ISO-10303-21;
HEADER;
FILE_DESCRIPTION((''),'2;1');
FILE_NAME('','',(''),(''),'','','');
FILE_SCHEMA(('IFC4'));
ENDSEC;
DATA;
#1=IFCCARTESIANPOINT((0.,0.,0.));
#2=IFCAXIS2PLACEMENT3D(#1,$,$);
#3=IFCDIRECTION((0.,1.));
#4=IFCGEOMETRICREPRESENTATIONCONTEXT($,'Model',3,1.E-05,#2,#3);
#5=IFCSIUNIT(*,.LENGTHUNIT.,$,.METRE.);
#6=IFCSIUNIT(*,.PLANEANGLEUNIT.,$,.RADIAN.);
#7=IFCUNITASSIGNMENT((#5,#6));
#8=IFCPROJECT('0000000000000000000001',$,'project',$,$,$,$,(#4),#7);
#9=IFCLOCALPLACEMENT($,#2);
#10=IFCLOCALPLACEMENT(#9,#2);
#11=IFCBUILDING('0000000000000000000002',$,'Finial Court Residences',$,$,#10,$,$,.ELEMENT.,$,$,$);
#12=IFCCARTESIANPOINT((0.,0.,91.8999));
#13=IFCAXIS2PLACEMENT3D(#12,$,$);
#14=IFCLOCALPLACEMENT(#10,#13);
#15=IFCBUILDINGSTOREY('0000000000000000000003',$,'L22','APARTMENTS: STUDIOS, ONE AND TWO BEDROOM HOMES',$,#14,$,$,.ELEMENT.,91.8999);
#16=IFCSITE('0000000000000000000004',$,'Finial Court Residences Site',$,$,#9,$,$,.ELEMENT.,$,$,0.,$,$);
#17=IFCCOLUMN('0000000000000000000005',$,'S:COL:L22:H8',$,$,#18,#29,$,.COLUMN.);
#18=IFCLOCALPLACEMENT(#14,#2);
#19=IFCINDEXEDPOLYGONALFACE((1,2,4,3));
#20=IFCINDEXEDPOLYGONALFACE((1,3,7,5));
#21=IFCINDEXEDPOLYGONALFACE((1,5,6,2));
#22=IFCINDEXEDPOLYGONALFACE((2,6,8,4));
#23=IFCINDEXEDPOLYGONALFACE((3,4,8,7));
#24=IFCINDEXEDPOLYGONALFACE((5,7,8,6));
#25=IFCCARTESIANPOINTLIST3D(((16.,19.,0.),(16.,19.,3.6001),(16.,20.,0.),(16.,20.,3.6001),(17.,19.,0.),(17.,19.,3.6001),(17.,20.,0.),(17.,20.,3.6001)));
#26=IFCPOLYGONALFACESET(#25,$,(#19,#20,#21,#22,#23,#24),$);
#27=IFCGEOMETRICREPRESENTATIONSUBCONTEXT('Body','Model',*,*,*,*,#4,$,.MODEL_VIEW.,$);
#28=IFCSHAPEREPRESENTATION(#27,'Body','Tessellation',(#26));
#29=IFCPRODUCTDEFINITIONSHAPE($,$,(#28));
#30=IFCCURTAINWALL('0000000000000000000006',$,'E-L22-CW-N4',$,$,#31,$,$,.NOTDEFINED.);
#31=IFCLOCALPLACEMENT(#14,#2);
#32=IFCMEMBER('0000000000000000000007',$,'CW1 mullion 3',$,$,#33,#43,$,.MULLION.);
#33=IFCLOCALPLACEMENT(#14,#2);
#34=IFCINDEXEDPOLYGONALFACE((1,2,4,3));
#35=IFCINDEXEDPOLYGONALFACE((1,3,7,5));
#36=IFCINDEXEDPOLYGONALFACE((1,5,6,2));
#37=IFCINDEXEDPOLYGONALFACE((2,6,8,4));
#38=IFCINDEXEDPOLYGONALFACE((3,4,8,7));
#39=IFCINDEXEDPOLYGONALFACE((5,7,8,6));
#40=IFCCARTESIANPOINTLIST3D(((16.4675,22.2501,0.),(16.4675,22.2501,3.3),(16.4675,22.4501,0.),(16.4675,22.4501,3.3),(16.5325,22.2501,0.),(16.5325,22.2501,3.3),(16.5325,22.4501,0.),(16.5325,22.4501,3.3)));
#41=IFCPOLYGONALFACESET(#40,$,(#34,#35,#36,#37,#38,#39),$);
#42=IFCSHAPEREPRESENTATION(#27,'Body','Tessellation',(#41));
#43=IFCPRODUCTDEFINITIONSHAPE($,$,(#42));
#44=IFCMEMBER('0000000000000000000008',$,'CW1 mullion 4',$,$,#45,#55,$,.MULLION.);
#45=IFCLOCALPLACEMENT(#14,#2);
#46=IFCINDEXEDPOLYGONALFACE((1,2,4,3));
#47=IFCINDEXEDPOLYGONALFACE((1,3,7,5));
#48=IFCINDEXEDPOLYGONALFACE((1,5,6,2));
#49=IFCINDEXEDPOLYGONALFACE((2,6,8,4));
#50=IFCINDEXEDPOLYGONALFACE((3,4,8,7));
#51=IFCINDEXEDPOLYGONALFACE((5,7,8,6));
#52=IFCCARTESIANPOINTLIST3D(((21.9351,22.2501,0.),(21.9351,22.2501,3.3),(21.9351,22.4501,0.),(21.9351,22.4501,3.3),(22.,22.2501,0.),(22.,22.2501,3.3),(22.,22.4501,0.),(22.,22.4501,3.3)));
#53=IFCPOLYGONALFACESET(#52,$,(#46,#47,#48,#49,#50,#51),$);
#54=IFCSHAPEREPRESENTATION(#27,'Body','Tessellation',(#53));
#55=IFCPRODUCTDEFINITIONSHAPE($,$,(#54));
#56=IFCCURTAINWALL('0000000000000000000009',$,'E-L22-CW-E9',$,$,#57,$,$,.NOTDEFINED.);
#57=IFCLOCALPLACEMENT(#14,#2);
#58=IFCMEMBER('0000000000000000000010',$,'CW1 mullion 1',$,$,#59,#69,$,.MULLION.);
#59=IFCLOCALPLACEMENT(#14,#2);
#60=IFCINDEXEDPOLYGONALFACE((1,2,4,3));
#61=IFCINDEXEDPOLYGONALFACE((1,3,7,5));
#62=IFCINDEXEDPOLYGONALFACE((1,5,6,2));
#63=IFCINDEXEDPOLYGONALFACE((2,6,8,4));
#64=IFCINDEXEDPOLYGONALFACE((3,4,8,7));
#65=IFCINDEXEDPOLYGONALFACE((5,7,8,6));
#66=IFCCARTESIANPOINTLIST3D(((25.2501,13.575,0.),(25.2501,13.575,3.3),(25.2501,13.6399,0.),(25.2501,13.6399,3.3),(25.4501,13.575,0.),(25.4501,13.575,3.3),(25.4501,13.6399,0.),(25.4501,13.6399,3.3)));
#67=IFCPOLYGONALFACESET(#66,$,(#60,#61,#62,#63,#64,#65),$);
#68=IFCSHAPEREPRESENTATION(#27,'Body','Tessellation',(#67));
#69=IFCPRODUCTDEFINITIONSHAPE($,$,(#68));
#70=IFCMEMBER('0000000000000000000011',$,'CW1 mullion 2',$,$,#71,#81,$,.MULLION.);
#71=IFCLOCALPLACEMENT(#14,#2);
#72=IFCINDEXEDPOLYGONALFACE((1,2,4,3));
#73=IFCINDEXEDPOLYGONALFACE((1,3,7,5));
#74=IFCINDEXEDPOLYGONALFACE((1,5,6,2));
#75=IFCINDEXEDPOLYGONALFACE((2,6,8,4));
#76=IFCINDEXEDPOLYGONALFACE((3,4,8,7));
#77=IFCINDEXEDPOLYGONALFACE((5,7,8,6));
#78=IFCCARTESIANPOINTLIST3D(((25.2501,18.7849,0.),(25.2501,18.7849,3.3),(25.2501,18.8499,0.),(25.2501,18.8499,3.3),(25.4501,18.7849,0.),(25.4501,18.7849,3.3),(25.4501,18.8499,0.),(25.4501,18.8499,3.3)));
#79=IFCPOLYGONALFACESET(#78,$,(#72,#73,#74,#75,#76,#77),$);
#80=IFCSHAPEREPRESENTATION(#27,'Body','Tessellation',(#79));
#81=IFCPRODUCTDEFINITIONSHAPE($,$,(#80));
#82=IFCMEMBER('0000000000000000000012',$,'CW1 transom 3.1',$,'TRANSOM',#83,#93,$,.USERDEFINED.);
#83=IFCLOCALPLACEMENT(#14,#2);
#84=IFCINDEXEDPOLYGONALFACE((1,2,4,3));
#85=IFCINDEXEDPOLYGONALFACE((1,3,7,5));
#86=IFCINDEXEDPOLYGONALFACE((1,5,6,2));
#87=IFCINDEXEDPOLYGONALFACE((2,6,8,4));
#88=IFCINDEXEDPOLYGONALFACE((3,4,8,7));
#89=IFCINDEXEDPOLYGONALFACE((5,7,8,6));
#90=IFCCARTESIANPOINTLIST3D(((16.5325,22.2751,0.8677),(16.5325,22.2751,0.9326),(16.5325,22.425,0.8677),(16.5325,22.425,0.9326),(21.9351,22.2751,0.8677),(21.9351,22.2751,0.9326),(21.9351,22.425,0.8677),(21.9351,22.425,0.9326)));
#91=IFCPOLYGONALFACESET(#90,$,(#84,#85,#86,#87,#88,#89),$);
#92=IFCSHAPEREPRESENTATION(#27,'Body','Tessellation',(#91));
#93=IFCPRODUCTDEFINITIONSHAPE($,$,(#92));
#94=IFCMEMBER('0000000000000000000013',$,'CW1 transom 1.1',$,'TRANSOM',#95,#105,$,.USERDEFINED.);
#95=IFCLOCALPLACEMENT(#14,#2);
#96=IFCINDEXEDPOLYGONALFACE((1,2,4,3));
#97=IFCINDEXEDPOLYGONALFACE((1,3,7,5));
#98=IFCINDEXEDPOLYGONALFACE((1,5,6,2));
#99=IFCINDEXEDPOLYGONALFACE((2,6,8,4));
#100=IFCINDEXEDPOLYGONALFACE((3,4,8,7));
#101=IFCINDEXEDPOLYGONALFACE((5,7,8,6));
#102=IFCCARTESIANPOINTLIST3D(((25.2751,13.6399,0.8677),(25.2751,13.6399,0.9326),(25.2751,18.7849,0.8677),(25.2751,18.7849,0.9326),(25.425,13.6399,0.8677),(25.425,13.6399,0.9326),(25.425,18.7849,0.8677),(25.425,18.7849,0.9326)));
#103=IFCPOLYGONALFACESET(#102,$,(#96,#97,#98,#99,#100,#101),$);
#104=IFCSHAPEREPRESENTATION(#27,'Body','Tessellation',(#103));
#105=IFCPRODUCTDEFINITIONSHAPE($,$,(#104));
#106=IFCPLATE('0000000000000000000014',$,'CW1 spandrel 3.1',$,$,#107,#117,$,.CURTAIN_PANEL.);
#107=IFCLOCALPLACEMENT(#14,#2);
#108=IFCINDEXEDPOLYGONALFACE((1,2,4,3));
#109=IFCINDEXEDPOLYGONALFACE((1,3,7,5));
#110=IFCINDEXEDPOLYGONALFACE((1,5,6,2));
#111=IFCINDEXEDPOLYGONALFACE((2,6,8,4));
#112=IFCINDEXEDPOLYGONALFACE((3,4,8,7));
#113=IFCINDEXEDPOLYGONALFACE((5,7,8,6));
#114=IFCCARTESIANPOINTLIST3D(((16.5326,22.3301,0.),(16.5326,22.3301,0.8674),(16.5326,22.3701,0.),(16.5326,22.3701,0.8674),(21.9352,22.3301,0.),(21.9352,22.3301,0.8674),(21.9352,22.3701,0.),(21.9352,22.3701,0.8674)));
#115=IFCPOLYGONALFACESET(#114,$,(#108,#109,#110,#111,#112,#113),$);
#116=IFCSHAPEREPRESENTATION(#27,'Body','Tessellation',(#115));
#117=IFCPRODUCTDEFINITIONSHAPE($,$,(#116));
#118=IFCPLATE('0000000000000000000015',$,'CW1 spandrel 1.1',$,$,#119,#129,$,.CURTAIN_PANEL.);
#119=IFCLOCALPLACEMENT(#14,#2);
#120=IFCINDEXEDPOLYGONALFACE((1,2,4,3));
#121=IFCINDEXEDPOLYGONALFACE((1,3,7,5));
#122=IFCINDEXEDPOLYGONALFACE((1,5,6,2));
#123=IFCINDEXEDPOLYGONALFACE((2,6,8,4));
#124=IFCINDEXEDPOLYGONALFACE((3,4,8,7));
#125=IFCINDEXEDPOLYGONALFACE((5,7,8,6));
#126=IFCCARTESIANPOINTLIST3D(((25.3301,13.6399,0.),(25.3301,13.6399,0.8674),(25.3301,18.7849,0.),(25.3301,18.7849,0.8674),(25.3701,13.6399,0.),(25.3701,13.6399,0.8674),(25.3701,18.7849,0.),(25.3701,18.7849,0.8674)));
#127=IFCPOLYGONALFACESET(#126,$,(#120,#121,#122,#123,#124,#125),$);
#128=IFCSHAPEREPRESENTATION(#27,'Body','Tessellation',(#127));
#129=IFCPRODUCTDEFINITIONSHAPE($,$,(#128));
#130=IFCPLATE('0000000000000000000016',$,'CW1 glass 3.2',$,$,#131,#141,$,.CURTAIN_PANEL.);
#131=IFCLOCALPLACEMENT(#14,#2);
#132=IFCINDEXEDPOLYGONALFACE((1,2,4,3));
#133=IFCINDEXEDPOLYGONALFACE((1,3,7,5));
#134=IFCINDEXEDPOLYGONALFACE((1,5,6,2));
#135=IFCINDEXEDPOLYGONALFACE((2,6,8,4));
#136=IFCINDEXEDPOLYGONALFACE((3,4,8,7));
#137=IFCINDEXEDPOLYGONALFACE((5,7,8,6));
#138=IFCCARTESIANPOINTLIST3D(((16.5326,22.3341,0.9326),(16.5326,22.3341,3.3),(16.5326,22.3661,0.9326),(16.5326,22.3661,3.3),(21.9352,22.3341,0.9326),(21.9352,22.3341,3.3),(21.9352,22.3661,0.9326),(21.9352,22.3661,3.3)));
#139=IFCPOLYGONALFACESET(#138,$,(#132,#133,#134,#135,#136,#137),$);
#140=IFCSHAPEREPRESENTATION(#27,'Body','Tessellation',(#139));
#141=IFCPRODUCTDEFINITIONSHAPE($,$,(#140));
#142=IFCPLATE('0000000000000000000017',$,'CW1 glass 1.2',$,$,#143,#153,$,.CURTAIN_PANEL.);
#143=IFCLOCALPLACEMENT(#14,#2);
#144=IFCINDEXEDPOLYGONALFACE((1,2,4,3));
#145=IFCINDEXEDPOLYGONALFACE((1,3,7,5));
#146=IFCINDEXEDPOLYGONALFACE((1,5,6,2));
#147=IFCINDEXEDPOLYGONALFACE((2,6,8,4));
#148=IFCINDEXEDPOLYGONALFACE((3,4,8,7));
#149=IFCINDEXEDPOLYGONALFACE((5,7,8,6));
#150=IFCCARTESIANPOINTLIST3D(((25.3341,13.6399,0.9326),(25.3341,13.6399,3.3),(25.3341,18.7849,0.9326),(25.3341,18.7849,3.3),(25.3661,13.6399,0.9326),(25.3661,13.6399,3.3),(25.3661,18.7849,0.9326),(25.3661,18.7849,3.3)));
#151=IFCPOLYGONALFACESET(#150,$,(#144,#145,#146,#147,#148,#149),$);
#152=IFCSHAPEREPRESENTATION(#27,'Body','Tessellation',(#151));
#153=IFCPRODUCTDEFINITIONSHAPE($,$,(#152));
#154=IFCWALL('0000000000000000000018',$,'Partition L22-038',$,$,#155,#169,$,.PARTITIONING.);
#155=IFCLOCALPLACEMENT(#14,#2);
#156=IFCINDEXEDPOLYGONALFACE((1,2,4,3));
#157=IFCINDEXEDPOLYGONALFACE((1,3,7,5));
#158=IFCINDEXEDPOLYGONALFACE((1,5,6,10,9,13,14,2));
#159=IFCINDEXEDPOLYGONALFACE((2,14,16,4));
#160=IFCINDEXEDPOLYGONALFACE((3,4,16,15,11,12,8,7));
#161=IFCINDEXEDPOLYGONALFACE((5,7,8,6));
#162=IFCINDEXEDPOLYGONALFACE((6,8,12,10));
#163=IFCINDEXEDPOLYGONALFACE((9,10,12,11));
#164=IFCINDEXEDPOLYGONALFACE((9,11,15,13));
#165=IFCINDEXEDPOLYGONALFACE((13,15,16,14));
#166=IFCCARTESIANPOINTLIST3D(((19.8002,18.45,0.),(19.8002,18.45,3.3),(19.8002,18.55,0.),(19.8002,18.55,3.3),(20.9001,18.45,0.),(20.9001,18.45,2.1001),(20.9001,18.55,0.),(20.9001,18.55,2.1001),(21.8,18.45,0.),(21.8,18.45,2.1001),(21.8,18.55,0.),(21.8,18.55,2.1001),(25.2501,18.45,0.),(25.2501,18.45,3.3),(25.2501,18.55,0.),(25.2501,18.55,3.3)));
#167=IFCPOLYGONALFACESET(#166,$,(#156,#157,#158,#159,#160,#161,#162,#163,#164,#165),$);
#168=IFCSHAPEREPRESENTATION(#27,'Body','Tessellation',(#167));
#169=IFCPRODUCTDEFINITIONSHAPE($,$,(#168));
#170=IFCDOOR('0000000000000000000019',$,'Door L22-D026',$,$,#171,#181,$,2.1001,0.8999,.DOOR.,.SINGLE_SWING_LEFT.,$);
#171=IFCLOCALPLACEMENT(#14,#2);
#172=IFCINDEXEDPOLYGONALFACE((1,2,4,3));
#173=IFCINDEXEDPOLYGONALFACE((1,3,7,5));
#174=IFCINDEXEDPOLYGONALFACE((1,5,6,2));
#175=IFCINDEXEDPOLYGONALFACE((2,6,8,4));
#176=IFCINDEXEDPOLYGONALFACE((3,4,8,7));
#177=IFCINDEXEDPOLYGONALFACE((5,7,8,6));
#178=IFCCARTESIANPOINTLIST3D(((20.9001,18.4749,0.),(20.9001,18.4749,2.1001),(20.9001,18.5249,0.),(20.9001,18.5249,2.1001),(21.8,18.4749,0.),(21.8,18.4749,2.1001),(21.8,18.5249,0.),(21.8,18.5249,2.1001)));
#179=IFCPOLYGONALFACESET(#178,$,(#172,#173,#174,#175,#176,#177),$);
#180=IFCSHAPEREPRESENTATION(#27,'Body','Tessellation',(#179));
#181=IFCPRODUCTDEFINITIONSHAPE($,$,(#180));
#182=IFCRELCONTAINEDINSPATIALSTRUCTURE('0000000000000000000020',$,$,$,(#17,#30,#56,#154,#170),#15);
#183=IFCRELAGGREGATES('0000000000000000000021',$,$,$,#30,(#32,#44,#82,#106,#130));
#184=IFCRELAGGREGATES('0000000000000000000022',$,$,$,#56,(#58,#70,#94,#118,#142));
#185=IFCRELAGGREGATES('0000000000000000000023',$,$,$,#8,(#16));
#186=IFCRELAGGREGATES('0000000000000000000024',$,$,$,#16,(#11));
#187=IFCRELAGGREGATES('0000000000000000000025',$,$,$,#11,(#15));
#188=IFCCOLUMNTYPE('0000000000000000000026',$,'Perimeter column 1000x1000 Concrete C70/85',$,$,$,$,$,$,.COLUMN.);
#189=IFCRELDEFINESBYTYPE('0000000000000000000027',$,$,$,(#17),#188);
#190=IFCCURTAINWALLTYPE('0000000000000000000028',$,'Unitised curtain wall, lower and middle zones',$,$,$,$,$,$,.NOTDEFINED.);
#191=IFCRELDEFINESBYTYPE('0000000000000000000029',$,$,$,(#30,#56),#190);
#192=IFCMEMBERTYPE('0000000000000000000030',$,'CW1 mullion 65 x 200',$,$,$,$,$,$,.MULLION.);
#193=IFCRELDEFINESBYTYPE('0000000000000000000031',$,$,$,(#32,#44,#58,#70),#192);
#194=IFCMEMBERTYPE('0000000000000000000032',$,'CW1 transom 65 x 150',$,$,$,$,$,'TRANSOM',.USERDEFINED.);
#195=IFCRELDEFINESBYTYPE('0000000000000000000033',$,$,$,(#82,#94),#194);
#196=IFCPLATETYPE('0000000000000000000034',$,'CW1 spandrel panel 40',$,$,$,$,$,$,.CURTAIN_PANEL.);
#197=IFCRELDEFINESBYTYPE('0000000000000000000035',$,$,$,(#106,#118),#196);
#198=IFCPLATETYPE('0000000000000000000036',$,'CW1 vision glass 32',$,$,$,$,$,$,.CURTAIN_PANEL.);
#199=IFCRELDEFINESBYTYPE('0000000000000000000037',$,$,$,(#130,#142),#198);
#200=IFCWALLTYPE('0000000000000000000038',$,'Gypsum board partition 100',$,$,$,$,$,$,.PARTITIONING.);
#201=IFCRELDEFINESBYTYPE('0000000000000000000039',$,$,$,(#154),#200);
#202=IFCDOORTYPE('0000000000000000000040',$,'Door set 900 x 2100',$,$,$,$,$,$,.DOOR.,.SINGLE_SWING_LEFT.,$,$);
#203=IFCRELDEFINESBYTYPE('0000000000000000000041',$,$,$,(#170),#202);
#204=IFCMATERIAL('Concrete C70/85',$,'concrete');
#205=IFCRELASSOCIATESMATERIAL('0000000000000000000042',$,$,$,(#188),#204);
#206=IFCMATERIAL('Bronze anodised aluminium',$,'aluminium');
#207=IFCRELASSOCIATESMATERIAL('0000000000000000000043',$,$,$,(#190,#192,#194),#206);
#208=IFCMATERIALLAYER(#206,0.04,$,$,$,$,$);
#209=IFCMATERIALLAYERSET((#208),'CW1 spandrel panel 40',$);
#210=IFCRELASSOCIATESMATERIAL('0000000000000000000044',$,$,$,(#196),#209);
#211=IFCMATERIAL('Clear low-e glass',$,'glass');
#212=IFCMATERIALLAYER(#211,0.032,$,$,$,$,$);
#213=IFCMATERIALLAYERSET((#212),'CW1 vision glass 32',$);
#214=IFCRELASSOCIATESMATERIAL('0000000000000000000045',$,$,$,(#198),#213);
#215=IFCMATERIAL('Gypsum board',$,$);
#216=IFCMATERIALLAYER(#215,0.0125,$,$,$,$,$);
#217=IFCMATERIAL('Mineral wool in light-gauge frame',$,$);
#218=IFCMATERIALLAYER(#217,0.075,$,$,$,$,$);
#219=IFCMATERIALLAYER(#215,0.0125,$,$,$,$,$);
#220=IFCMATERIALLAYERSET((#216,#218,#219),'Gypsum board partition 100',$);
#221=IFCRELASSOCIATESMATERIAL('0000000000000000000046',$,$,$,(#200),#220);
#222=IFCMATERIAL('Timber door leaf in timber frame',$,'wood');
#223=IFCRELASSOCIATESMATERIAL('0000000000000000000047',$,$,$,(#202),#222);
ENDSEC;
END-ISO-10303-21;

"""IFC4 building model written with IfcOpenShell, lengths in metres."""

from ifc_helpers import new_model, si_unit, direction, frame, frame_2d, origin, origin_2d, place, context, subcontext, project, spatial, rectangle, extrude, material, layer, layer_set, material_profile, profile_set, type_object, element, fill, aggregate, save


model = new_model("IFC4")

# Units and contexts
model_context = context("Model", 3, precision=1e-05, world=origin(), true_north=direction((0.0, 1.0)))
body_context = subcontext(model_context, "Body", "Model", "MODEL_VIEW")
ifc_project = project(units=[si_unit("LENGTHUNIT", "METRE"), si_unit("PLANEANGLEUNIT", "RADIAN")], contexts=[model_context])

# Site, building, storey
site_placement = place(None, origin())
site = spatial("IfcSite", under=ifc_project, at=site_placement, Name="Finial Court Residences Site", CompositionType="ELEMENT", RefElevation=0.0)
building_placement = place(site_placement, origin())
building = spatial("IfcBuilding", under=site, at=building_placement, Name="Finial Court Residences", CompositionType="ELEMENT")
storey_placement = place(building_placement, frame((0.0, 0.0, 91.8999)))
storey = spatial("IfcBuildingStorey", under=building, at=storey_placement, Name="L22", Description="APARTMENTS: STUDIOS, ONE AND TWO BEDROOM HOMES", CompositionType="ELEMENT", Elevation=91.8999)

# Column
ifc_material_1 = material(Name="Concrete C70/85", Category="concrete")
ifc_material_profile_1 = material_profile(ifc_material_1, rectangle(XDim=1.0, YDim=1.0, at=origin_2d()), Name="1000x1000")
ifc_profile_set_1 = profile_set([ifc_material_profile_1], Name="Concrete C70/85")
column_type = type_object("IfcColumnType", Name="Perimeter column 1000x1000 Concrete C70/85", PredefinedType="COLUMN", material=ifc_profile_set_1)
column_placement = place(storey_placement, frame((16.5, 19.5, 0.0), z_axis=(0.0, 0.0, 1.0), x_axis=(1.0, 0.0, 0.0)))
element("IfcColumn", 1, at=column_placement, inside=storey, type_object=column_type, Name="S:COL:L22:H8", PredefinedType="COLUMN", context=body_context, shape_type="SweptSolid", body=[
    extrude(rectangle(XDim=1.0, YDim=1.0, at=origin_2d()), origin(), (0.0, 0.0, 1.0), 3.6001),
])

# Curtain walls, members
ifc_material_2 = material(Name="Bronze anodised aluminium", Category="aluminium")
curtain_wall_type = type_object("IfcCurtainWallType", Name="Unitised curtain wall, lower and middle zones", PredefinedType="NOTDEFINED", material=ifc_material_2)
curtain_wall_1_placement = place(storey_placement, origin())
curtain_wall_1 = element("IfcCurtainWall", 2, at=curtain_wall_1_placement, inside=storey, type_object=curtain_wall_type, Name="E-L22-CW-N4", PredefinedType="NOTDEFINED")
ifc_material_profile_2 = material_profile(ifc_material_2, rectangle(XDim=0.2, YDim=0.0649, at=origin_2d()), Name="CW1 mullion 65 x 200")
ifc_profile_set_2 = profile_set([ifc_material_profile_2], Name="Bronze anodised aluminium")
member_type_1 = type_object("IfcMemberType", Name="CW1 mullion 65 x 200", PredefinedType="MULLION", material=ifc_profile_set_2)
member_1_placement = place(storey_placement, frame((16.5, 22.3501, 0.0), z_axis=(0.0, 0.0, 1.0), x_axis=(0.0, 1.0, 0.0)))
member_1 = element("IfcMember", 3, at=member_1_placement, type_object=member_type_1, Name="CW1 mullion 3", PredefinedType="MULLION", context=body_context, shape_type="SweptSolid", body=[
    extrude(rectangle(XDim=0.2, YDim=0.0649, at=origin_2d()), origin(), (0.0, 0.0, 1.0), 3.3),
])
member_2_placement = place(storey_placement, frame((21.9675, 22.3501, 0.0), z_axis=(0.0, 0.0, 1.0), x_axis=(0.0, 1.0, 0.0)))
member_2 = element("IfcMember", 4, at=member_2_placement, type_object=member_type_1, Name="CW1 mullion 4", PredefinedType="MULLION", context=body_context, shape_type="SweptSolid", body=[
    extrude(rectangle(XDim=0.2, YDim=0.0649, at=origin_2d()), origin(), (0.0, 0.0, 1.0), 3.3),
])
curtain_wall_2_placement = place(storey_placement, origin())
curtain_wall_2 = element("IfcCurtainWall", 5, at=curtain_wall_2_placement, inside=storey, type_object=curtain_wall_type, Name="E-L22-CW-E9", PredefinedType="NOTDEFINED")
member_3_placement = place(storey_placement, frame((25.3501, 13.6074, 0.0), z_axis=(0.0, 0.0, 1.0), x_axis=(-1.0, 0.0, 0.0)))
member_3 = element("IfcMember", 6, at=member_3_placement, type_object=member_type_1, Name="CW1 mullion 1", PredefinedType="MULLION", context=body_context, shape_type="SweptSolid", body=[
    extrude(rectangle(XDim=0.2, YDim=0.0649, at=origin_2d()), origin(), (0.0, 0.0, 1.0), 3.3),
])
member_4_placement = place(storey_placement, frame((25.3501, 18.8174, 0.0), z_axis=(0.0, 0.0, 1.0), x_axis=(-1.0, 0.0, 0.0)))
member_4 = element("IfcMember", 7, at=member_4_placement, type_object=member_type_1, Name="CW1 mullion 2", PredefinedType="MULLION", context=body_context, shape_type="SweptSolid", body=[
    extrude(rectangle(XDim=0.2, YDim=0.0649, at=origin_2d()), origin(), (0.0, 0.0, 1.0), 3.3),
])

# Members
ifc_material_profile_3 = material_profile(ifc_material_2, rectangle(XDim=0.1499, YDim=0.0649, at=origin_2d()), Name="CW1 transom 65 x 150")
ifc_profile_set_3 = profile_set([ifc_material_profile_3], Name="Bronze anodised aluminium")
member_type_2 = type_object("IfcMemberType", Name="CW1 transom 65 x 150", ElementType="TRANSOM", PredefinedType="USERDEFINED", material=ifc_profile_set_3)
member_5_placement = place(storey_placement, frame((16.5325, 22.3501, 0.9001), z_axis=(1.0, 0.0, 0.0), x_axis=(0.0, 1.0, 0.0)))
member_5 = element("IfcMember", 8, at=member_5_placement, type_object=member_type_2, Name="CW1 transom 3.1", ObjectType="TRANSOM", PredefinedType="USERDEFINED", context=body_context, shape_type="SweptSolid", body=[
    extrude(rectangle(XDim=0.1499, YDim=0.0649, at=origin_2d()), origin(), (0.0, 0.0, 1.0), 5.4026),
])
member_6_placement = place(storey_placement, frame((25.3501, 13.6399, 0.9001), z_axis=(0.0, 1.0, 0.0), x_axis=(-1.0, 0.0, 0.0)))
member_6 = element("IfcMember", 9, at=member_6_placement, type_object=member_type_2, Name="CW1 transom 1.1", ObjectType="TRANSOM", PredefinedType="USERDEFINED", context=body_context, shape_type="SweptSolid", body=[
    extrude(rectangle(XDim=0.1499, YDim=0.0649, at=origin_2d()), origin(), (0.0, 0.0, 1.0), 5.145),
])

# Plates
ifc_layer_1 = layer(ifc_material_2, 0.04)
ifc_layer_set_1 = layer_set([ifc_layer_1], Name="CW1 spandrel panel 40")
plate_type_1 = type_object("IfcPlateType", Name="CW1 spandrel panel 40", PredefinedType="CURTAIN_PANEL", material=ifc_layer_set_1)
plate_1_placement = place(storey_placement, frame((19.2339, 22.3501, 0.0), z_axis=(0.0, 0.0, 1.0), x_axis=(1.0, 0.0, 0.0)))
plate_1 = element("IfcPlate", 10, at=plate_1_placement, type_object=plate_type_1, Name="CW1 spandrel 3.1", PredefinedType="CURTAIN_PANEL", context=body_context, shape_type="SweptSolid", body=[
    extrude(rectangle(XDim=5.4026, YDim=0.04, at=origin_2d()), origin(), (0.0, 0.0, 1.0), 0.8674),
])
plate_2_placement = place(storey_placement, frame((25.3501, 16.2124, 0.0), z_axis=(0.0, 0.0, 1.0), x_axis=(0.0, 1.0, 0.0)))
plate_2 = element("IfcPlate", 11, at=plate_2_placement, type_object=plate_type_1, Name="CW1 spandrel 1.1", PredefinedType="CURTAIN_PANEL", context=body_context, shape_type="SweptSolid", body=[
    extrude(rectangle(XDim=5.145, YDim=0.04, at=origin_2d()), origin(), (0.0, 0.0, 1.0), 0.8674),
])
ifc_material_3 = material(Name="Clear low-e glass", Category="glass")
ifc_layer_2 = layer(ifc_material_3, 0.032)
ifc_layer_set_2 = layer_set([ifc_layer_2], Name="CW1 vision glass 32")
plate_type_2 = type_object("IfcPlateType", Name="CW1 vision glass 32", PredefinedType="CURTAIN_PANEL", material=ifc_layer_set_2)
plate_3_placement = place(storey_placement, frame((19.2339, 22.3501, 0.9326), z_axis=(0.0, 0.0, 1.0), x_axis=(1.0, 0.0, 0.0)))
plate_3 = element("IfcPlate", 12, at=plate_3_placement, type_object=plate_type_2, Name="CW1 glass 3.2", PredefinedType="CURTAIN_PANEL", context=body_context, shape_type="SweptSolid", body=[
    extrude(rectangle(XDim=5.4026, YDim=0.032, at=origin_2d()), origin(), (0.0, 0.0, 1.0), 2.3674),
])
aggregate(curtain_wall_1, [member_1, member_2, member_5, plate_1, plate_3])
plate_4_placement = place(storey_placement, frame((25.3501, 16.2124, 0.9326), z_axis=(0.0, 0.0, 1.0), x_axis=(0.0, 1.0, 0.0)))
plate_4 = element("IfcPlate", 13, at=plate_4_placement, type_object=plate_type_2, Name="CW1 glass 1.2", PredefinedType="CURTAIN_PANEL", context=body_context, shape_type="SweptSolid", body=[
    extrude(rectangle(XDim=5.145, YDim=0.032, at=origin_2d()), origin(), (0.0, 0.0, 1.0), 2.3674),
])
aggregate(curtain_wall_2, [member_3, member_4, member_6, plate_2, plate_4])

# Wall, opening, door
ifc_material_4 = material(Name="Gypsum board")
ifc_layer_3 = layer(ifc_material_4, 0.0125)
ifc_material_5 = material(Name="Mineral wool in light-gauge frame")
ifc_layer_4 = layer(ifc_material_5, 0.075)
ifc_layer_5 = layer(ifc_material_4, 0.0125)
ifc_layer_set_3 = layer_set([ifc_layer_3, ifc_layer_4, ifc_layer_5], Name="Gypsum board partition 100")
wall_type_1 = type_object("IfcWallType", Name="Gypsum board partition 100", PredefinedType="PARTITIONING", material=ifc_layer_set_3)
wall_1_placement = place(storey_placement, frame((19.8, 18.5, 0.0), z_axis=(0.0, 0.0, 1.0), x_axis=(1.0, 0.0, 0.0)))
wall_1 = element("IfcWall", 14, at=wall_1_placement, inside=storey, type_object=wall_type_1, Name="Partition L22-038", PredefinedType="PARTITIONING", context=body_context, shape_type="SweptSolid", body=[
    extrude(rectangle(XDim=5.45, YDim=0.1001, at=frame_2d((2.7251, 0.0))), origin(), (0.0, 0.0, 1.0), 3.3),
])
opening_1_placement = place(wall_1_placement, frame((1.1001, 0.0, 0.0)))
opening_1 = element("IfcOpeningElement", 15, at=opening_1_placement, cuts=wall_1, PredefinedType="OPENING", context=body_context, shape_type="SweptSolid", body=[
    extrude(rectangle(XDim=0.8999, YDim=2.1001, at=frame_2d((0.45, 1.05))), frame((0.0, 0.0601, 0.0), z_axis=(0.0, -1.0, 0.0), x_axis=(1.0, 0.0, 0.0)), (0.0, 0.0, 1.0), 0.1201),
])
ifc_material_6 = material(Name="Timber door leaf in timber frame", Category="wood")
door_type = type_object("IfcDoorType", Name="Door set 900 x 2100", OperationType="SINGLE_SWING_LEFT", PredefinedType="DOOR", material=ifc_material_6)
door_1_placement = place(opening_1_placement, origin())
door_1 = element("IfcDoor", 16, at=door_1_placement, inside=storey, type_object=door_type, Name="Door L22-D026", OperationType="SINGLE_SWING_LEFT", OverallHeight=2.1001, OverallWidth=0.8999, PredefinedType="DOOR", context=body_context, shape_type="SweptSolid", body=[
    extrude(rectangle(XDim=0.8999, YDim=2.1001, at=frame_2d((0.45, 1.05))), frame((0.0, 0.0249, 0.0), z_axis=(0.0, -1.0, 0.0), x_axis=(1.0, 0.0, 0.0)), (0.0, 0.0, 1.0), 0.05),
])
fill(opening_1, door_1)

save(model, "model.ifc")
